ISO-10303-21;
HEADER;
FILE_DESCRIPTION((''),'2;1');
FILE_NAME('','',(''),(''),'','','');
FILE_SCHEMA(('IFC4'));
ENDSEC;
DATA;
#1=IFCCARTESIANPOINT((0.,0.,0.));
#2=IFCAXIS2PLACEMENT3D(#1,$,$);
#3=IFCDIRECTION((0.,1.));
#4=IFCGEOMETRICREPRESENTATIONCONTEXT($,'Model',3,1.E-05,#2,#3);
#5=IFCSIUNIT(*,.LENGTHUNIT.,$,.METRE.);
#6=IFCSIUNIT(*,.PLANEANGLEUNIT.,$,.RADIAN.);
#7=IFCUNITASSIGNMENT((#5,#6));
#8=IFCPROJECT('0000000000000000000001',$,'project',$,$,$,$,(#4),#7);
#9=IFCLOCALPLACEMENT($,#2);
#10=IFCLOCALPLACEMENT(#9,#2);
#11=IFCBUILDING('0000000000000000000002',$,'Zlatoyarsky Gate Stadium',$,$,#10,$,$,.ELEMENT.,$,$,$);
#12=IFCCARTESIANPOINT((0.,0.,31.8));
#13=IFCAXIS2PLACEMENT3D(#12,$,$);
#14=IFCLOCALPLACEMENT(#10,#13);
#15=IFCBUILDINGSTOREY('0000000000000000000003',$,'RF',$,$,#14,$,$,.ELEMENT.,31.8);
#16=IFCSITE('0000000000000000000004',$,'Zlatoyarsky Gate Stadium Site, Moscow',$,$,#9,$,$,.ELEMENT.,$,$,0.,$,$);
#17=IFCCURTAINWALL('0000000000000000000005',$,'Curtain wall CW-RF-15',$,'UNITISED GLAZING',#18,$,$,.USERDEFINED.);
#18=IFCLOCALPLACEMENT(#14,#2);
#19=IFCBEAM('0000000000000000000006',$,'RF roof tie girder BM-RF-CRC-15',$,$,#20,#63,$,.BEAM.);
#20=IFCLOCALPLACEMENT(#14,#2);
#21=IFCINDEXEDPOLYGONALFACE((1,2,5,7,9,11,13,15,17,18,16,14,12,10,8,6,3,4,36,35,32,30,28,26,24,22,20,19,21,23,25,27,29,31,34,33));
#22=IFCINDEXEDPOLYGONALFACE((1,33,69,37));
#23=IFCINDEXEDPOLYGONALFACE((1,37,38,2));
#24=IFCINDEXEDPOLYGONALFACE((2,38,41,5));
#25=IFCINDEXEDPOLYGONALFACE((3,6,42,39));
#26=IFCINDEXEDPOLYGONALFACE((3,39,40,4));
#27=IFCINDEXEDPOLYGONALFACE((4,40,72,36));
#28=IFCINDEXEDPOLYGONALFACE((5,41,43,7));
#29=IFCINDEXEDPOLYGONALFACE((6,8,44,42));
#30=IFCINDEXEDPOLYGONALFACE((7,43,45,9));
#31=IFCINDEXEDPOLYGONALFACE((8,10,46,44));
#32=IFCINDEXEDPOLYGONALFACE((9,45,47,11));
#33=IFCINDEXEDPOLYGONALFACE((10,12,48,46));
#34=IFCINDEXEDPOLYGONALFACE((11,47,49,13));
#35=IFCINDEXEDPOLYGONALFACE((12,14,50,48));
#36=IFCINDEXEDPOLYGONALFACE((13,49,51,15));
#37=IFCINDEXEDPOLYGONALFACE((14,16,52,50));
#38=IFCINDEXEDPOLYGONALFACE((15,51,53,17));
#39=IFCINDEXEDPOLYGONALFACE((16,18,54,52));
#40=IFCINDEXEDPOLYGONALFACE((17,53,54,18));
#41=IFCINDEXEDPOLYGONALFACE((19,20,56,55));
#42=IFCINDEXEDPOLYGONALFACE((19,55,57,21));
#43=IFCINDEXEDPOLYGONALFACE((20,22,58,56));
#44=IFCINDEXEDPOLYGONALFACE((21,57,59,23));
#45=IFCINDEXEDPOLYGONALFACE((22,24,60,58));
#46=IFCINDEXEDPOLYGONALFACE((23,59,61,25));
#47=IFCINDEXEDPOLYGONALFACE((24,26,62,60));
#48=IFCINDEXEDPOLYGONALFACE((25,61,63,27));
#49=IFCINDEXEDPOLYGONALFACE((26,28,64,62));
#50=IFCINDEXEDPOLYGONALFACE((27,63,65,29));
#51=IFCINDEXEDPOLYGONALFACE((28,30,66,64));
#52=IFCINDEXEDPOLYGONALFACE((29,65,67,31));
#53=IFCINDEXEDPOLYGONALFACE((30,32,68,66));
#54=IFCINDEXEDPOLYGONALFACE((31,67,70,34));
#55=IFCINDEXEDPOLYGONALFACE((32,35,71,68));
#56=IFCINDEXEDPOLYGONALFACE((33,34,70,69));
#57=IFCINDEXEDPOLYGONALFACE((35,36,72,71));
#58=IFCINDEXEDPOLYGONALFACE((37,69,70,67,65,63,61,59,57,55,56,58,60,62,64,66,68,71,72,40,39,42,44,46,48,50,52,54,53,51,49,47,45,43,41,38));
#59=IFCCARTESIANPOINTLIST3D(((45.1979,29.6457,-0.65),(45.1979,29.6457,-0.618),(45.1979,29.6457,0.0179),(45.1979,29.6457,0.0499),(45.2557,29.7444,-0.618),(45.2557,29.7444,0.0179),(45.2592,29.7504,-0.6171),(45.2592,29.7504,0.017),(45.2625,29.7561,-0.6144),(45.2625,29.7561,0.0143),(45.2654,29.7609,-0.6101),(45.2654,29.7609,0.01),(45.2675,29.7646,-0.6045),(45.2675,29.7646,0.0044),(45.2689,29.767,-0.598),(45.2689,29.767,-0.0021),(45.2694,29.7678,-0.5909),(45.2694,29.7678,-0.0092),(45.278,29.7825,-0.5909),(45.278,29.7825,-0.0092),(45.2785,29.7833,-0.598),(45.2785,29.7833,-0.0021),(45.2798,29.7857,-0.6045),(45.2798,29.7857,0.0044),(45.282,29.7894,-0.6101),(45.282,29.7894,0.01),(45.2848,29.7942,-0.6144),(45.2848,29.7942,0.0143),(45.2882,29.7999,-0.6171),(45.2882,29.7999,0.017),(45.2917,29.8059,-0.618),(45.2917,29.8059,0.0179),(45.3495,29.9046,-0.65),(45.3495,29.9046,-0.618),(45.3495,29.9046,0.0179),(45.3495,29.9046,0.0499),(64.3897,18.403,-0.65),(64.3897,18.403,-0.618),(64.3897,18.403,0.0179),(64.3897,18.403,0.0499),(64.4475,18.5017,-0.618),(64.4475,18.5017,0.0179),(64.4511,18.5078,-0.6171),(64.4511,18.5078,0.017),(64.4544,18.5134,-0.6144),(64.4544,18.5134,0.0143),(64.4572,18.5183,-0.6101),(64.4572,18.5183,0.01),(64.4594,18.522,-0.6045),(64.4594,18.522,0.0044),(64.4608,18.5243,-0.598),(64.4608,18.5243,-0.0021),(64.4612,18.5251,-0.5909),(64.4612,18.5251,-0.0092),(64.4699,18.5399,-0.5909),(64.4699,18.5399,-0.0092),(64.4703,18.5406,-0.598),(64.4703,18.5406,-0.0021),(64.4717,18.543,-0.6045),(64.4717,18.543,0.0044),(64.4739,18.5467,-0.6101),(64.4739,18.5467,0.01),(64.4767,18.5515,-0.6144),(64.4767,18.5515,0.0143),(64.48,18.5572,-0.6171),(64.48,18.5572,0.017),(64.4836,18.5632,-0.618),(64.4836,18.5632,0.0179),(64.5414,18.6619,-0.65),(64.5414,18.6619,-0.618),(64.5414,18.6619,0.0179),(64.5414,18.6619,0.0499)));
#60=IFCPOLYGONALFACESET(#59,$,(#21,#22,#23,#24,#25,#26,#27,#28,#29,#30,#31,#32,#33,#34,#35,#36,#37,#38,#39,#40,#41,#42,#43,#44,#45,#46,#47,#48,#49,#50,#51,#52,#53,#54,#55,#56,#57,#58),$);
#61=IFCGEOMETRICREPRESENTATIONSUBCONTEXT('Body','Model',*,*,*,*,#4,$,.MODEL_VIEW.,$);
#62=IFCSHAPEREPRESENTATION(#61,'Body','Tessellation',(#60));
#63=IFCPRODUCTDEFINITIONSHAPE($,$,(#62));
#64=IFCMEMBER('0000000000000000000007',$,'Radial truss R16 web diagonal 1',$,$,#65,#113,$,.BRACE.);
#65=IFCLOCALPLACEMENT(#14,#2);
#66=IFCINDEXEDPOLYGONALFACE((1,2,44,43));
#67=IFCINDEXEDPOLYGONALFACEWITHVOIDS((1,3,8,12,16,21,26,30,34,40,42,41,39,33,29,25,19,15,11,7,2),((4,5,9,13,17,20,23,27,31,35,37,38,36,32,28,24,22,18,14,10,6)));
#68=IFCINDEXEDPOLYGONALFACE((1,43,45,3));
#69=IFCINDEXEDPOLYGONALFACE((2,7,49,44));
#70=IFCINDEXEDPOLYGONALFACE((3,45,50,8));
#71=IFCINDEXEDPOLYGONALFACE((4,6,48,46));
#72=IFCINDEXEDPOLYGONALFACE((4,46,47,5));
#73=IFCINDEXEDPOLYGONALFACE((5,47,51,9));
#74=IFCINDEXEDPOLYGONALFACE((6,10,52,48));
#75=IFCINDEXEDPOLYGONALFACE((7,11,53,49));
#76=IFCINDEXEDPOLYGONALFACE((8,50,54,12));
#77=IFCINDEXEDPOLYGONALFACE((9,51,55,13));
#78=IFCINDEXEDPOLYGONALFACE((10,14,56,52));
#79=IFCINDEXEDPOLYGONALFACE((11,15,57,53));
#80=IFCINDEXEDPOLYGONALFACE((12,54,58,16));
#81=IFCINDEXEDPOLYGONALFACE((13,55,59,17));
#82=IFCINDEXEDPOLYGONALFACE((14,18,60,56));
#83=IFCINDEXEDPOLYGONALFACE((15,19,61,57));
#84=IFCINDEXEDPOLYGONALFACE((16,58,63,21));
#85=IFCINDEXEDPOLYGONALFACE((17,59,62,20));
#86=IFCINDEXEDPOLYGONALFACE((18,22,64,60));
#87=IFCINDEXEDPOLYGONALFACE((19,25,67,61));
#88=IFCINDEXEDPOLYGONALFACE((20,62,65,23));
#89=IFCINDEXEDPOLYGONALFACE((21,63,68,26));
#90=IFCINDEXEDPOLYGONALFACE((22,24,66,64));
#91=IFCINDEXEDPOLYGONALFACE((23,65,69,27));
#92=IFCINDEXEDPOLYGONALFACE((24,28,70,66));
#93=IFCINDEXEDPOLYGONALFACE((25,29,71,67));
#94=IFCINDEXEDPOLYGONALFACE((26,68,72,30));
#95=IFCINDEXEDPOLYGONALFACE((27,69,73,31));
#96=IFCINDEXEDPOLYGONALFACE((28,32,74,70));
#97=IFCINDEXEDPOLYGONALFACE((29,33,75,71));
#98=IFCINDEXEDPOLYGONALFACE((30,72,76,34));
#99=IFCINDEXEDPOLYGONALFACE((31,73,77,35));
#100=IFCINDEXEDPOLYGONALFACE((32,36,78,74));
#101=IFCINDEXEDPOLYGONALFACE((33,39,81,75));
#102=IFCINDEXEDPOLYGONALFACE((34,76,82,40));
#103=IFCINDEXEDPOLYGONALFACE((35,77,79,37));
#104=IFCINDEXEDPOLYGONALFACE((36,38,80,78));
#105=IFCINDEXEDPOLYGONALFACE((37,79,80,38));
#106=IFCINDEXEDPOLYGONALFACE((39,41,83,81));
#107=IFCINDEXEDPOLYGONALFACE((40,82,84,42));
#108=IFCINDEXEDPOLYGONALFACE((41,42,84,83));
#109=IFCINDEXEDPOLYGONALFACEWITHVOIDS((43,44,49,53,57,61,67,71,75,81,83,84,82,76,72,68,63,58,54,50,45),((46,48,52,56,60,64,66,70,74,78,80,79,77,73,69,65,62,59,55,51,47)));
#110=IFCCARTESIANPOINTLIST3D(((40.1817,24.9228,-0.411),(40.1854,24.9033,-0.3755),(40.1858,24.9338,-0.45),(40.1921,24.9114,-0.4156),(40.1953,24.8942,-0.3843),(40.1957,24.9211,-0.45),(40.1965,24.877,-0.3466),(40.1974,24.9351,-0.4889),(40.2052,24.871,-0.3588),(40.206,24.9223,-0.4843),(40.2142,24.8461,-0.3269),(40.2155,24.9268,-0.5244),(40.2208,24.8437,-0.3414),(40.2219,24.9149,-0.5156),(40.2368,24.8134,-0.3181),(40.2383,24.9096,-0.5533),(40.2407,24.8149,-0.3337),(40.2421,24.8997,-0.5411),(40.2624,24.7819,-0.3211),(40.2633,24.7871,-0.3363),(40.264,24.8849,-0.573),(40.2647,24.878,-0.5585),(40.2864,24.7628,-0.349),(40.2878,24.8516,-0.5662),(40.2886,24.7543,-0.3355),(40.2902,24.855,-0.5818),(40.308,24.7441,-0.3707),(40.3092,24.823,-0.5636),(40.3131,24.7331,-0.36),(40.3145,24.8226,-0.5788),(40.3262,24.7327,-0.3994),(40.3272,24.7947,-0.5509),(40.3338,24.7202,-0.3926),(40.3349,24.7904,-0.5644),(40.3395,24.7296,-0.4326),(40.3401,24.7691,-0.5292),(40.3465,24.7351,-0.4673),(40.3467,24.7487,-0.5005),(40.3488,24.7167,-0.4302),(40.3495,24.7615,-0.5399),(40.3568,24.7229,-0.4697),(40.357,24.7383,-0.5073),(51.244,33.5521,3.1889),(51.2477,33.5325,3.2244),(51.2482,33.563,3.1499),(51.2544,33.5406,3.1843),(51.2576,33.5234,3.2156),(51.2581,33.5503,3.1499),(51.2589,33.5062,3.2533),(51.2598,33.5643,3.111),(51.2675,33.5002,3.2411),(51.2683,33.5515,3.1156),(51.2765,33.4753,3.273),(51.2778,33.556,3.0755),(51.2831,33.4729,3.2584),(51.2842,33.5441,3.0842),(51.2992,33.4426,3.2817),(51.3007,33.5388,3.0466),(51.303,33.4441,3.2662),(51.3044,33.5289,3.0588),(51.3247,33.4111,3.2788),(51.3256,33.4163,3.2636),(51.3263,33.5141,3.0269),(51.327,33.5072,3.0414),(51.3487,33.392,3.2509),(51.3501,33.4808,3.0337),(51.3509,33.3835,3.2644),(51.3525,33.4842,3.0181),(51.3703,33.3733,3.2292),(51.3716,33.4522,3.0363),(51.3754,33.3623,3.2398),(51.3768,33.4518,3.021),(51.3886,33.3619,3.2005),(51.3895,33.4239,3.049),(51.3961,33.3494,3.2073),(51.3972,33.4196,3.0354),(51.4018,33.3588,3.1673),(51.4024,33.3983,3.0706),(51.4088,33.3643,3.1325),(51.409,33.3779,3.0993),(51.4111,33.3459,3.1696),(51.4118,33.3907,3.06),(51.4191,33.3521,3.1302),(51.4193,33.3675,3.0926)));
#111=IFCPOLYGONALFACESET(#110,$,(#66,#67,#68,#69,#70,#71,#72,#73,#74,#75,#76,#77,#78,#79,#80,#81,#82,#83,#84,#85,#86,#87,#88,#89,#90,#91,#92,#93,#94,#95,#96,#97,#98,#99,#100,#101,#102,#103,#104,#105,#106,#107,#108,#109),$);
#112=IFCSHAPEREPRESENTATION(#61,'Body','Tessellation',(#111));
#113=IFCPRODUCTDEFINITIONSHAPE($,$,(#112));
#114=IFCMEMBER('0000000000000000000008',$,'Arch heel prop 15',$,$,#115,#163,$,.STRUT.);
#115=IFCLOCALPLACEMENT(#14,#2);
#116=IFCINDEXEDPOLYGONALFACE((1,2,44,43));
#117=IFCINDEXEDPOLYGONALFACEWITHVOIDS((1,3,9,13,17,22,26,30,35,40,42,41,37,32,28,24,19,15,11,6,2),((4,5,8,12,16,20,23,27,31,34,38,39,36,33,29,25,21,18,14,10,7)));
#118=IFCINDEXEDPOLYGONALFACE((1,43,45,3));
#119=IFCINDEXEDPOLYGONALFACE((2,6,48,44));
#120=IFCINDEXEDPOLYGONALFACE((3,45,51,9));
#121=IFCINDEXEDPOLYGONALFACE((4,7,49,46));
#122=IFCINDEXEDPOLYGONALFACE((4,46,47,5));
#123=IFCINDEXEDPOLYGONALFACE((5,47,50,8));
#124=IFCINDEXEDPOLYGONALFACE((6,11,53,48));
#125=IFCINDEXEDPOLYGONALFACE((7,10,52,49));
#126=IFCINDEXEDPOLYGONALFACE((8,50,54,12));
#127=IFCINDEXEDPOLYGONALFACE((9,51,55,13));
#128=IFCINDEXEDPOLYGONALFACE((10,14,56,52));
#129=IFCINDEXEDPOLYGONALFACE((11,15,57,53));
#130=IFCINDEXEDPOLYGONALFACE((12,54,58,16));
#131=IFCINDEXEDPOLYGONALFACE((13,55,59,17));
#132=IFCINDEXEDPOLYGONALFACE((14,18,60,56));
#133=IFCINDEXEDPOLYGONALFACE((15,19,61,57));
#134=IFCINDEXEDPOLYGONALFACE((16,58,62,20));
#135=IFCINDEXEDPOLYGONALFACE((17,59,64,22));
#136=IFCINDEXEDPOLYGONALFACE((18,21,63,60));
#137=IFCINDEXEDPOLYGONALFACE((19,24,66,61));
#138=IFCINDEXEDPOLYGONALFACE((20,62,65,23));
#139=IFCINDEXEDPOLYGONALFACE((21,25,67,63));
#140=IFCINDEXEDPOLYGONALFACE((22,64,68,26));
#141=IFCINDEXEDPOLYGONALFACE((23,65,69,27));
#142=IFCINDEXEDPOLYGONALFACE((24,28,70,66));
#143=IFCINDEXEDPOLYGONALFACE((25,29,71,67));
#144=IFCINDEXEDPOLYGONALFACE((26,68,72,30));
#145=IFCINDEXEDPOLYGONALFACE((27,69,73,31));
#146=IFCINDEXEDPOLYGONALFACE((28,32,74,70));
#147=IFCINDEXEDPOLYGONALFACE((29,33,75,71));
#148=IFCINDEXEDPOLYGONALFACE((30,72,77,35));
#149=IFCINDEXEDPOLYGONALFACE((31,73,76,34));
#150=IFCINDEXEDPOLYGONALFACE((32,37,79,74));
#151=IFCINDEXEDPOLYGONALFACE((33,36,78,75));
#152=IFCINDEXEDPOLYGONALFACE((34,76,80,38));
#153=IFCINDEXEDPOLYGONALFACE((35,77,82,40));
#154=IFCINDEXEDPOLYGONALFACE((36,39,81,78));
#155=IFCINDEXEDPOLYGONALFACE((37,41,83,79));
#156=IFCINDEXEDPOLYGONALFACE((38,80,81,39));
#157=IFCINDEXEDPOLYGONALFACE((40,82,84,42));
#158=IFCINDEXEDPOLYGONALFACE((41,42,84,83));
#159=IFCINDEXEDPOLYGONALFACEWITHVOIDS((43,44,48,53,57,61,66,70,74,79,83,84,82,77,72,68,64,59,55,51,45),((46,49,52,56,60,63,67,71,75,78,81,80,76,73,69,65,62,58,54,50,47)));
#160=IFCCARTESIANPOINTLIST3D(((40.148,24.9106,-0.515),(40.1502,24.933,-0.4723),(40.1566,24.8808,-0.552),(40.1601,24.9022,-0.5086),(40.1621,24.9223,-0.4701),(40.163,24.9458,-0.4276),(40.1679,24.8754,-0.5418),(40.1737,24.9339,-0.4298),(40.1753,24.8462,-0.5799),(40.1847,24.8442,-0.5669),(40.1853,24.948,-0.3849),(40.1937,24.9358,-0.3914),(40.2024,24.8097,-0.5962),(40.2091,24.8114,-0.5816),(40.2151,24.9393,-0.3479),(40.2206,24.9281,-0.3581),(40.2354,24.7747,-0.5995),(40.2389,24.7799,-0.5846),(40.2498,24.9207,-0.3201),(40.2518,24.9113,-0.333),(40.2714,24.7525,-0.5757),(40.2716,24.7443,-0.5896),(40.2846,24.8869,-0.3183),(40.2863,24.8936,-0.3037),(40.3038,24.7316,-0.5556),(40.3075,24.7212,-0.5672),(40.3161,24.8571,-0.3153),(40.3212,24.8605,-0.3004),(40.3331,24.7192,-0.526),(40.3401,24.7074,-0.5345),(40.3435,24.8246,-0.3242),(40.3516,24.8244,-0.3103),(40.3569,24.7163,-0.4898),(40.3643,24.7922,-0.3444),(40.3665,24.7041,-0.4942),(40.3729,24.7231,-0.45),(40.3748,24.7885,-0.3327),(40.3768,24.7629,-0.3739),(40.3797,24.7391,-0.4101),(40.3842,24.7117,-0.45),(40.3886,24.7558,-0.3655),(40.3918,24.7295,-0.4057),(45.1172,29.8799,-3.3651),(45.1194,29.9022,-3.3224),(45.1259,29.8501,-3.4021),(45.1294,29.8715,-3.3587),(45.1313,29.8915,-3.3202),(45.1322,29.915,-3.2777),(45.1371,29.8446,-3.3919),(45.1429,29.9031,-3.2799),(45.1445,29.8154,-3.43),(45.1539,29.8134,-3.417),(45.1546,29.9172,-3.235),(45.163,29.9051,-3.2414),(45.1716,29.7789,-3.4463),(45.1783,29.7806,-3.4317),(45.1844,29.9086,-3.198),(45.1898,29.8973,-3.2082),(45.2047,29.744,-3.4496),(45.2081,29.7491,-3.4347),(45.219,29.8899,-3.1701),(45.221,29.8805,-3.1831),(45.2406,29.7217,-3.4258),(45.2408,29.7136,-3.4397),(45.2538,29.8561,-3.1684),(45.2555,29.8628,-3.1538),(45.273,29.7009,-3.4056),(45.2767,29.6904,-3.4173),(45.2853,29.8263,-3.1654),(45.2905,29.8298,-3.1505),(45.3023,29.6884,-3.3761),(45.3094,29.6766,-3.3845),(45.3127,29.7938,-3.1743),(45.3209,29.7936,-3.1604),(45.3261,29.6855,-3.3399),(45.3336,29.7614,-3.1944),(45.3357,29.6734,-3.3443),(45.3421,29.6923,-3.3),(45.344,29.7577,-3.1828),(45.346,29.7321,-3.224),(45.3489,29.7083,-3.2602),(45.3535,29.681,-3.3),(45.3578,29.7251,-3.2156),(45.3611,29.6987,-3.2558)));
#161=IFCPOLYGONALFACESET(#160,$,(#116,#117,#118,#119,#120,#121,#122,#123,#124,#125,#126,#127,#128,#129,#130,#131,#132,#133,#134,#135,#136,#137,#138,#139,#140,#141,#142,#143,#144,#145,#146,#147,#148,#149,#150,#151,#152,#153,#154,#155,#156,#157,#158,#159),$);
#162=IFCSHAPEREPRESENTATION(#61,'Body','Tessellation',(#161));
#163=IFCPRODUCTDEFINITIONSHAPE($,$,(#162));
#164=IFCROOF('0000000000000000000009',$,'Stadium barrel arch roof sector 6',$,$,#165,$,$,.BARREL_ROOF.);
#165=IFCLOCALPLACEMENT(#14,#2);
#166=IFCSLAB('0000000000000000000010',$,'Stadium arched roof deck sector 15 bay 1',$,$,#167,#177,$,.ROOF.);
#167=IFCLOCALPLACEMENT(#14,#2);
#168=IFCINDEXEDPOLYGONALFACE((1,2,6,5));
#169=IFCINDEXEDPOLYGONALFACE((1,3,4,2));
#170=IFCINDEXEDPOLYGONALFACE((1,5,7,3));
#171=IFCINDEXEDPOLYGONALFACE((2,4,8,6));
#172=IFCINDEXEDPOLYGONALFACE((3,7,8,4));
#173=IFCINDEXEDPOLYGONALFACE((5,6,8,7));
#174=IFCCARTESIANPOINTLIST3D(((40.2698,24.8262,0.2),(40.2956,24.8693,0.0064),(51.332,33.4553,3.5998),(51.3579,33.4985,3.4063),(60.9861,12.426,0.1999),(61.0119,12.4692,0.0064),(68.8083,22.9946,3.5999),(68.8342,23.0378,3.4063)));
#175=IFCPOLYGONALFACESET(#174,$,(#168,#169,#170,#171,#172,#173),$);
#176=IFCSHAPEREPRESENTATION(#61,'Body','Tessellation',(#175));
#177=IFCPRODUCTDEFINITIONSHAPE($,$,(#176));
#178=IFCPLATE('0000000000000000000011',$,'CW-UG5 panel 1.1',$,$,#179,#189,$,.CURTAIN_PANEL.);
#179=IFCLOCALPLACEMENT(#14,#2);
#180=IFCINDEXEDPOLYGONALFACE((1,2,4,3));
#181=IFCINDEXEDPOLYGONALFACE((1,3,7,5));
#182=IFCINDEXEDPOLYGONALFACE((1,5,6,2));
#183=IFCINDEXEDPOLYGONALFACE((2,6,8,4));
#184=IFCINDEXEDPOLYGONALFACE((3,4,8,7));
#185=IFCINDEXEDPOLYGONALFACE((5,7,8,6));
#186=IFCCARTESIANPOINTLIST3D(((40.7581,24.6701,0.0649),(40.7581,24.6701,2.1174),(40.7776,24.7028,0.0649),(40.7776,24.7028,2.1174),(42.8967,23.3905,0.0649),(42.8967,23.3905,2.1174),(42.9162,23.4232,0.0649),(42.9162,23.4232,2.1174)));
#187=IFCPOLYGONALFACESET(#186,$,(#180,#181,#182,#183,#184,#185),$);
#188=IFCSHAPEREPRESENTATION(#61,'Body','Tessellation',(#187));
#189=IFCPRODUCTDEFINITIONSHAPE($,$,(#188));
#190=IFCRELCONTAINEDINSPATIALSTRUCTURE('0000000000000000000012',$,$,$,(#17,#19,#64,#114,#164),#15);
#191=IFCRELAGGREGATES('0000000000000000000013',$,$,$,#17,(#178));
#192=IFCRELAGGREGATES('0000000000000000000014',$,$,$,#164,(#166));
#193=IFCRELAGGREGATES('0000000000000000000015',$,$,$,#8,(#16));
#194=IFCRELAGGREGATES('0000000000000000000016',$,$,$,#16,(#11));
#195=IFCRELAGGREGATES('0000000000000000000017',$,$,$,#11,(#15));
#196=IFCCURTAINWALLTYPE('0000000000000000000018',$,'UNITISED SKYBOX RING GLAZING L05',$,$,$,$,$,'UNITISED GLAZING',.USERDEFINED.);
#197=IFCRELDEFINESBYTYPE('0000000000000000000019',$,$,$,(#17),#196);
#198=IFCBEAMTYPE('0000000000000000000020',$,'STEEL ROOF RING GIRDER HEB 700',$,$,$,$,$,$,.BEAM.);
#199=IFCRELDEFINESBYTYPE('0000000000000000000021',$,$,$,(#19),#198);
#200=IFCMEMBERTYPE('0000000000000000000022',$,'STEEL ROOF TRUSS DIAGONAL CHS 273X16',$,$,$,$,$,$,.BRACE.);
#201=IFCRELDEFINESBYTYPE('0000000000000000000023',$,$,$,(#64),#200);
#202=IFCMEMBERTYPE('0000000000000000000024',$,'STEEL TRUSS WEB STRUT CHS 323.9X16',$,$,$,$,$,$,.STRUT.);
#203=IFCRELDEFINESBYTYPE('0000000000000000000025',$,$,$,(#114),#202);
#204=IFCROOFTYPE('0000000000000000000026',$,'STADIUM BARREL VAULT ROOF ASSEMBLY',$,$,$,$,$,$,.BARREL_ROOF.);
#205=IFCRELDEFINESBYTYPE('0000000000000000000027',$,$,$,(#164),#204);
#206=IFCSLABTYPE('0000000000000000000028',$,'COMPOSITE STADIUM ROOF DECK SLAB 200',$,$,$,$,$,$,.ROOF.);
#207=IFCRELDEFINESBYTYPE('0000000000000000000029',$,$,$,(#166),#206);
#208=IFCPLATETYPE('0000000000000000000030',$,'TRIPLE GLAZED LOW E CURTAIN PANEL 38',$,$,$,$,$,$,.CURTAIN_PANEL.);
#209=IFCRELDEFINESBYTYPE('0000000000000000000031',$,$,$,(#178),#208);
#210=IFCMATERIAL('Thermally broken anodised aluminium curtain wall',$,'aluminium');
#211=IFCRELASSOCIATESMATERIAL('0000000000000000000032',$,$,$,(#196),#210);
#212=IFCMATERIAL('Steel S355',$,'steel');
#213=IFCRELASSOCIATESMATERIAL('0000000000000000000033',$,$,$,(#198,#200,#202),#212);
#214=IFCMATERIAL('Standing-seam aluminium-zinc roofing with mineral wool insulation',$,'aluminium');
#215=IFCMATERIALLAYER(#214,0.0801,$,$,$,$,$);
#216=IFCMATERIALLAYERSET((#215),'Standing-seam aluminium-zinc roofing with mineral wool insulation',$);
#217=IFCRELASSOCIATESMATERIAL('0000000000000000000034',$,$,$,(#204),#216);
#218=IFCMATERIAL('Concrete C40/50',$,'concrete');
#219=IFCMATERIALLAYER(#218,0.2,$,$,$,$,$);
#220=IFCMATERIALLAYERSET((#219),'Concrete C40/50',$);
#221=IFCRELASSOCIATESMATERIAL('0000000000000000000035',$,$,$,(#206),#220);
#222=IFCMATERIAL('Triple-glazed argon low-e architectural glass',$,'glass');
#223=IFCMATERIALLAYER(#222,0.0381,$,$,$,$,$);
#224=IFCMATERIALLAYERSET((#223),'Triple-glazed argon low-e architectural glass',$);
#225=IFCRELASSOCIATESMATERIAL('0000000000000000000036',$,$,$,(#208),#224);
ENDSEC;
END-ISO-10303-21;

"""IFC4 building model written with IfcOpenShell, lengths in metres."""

from ifc_helpers import new_model, si_unit, direction, frame, origin, origin_2d, place, context, subcontext, project, spatial, polyline, rectangle, hollow_circle, i_section, outline, extrude, material, layer, layer_set, material_profile, profile_set, type_object, element, aggregate, save


model = new_model("IFC4")

# Units and contexts
model_context = context("Model", 3, precision=1e-05, world=origin(), true_north=direction((0.0, 1.0)))
body_context = subcontext(model_context, "Body", "Model", "MODEL_VIEW")
ifc_project = project(units=[si_unit("LENGTHUNIT", "METRE"), si_unit("PLANEANGLEUNIT", "RADIAN")], contexts=[model_context])

# Site, building, storey
site_placement = place(None, origin())
site = spatial("IfcSite", under=ifc_project, at=site_placement, Name="Zlatoyarsky Gate Stadium Site, Moscow", CompositionType="ELEMENT", RefElevation=0.0)
building_placement = place(site_placement, origin())
building = spatial("IfcBuilding", under=site, at=building_placement, Name="Zlatoyarsky Gate Stadium", CompositionType="ELEMENT")
storey_placement = place(building_placement, frame((0.0, 0.0, 31.8)))
storey = spatial("IfcBuildingStorey", under=building, at=storey_placement, Name="RF", CompositionType="ELEMENT", Elevation=31.8)

# Curtain wall
ifc_material_1 = material(Name="Thermally broken anodised aluminium curtain wall", Category="aluminium")
curtain_wall_type = type_object("IfcCurtainWallType", Name="UNITISED SKYBOX RING GLAZING L05", ElementType="UNITISED GLAZING", PredefinedType="USERDEFINED", material=ifc_material_1)
curtain_wall_placement = place(storey_placement, origin())
curtain_wall = element("IfcCurtainWall", 1, at=curtain_wall_placement, inside=storey, type_object=curtain_wall_type, Name="Curtain wall CW-RF-15", ObjectType="UNITISED GLAZING", PredefinedType="USERDEFINED")

# Shared definitions
ifc_material_2 = material(Name="Steel S355", Category="steel")

# Beam
ifc_material_profile_1 = material_profile(ifc_material_2, i_section(OverallWidth=0.3, OverallDepth=0.7, WebThickness=0.0171, FlangeThickness=0.032, FilletRadius=0.0271, at=origin_2d()), Name="HEB 700")
ifc_profile_set_1 = profile_set([ifc_material_profile_1], Name="Steel S355")
beam_type = type_object("IfcBeamType", Name="STEEL ROOF RING GIRDER HEB 700", PredefinedType="BEAM", material=ifc_profile_set_1)
beam_1_placement = place(storey_placement, frame((45.2737, 29.7751, -0.3), z_axis=(0.86285, -0.50546, 0.0), x_axis=(0.50546, 0.86285, 0.0)))
element("IfcBeam", 2, at=beam_1_placement, inside=storey, type_object=beam_type, Name="RF roof tie girder BM-RF-CRC-15", PredefinedType="BEAM", context=body_context, shape_type="SweptSolid", body=[
    extrude(i_section(OverallWidth=0.3, OverallDepth=0.7, WebThickness=0.0171, FlangeThickness=0.032, FilletRadius=0.0271, at=origin_2d()), origin(), (0.0, 0.0, 1.0), 22.2424),
])

# Members
ifc_material_profile_2 = material_profile(ifc_material_2, hollow_circle(Radius=0.1365, WallThickness=0.0161, at=origin_2d()), Name="CHS 273X16")
ifc_profile_set_2 = profile_set([ifc_material_profile_2], Name="Steel S355")
member_type_1 = type_object("IfcMemberType", Name="STEEL ROOF TRUSS DIAGONAL CHS 273X16", PredefinedType="BRACE", material=ifc_profile_set_2)
member_1_placement = place(storey_placement, frame((40.2698, 24.8262, -0.45), z_axis=(0.763742, 0.595759, 0.248535), x_axis=(-0.615058, 0.788482, 0.0)))
element("IfcMember", 3, at=member_1_placement, inside=storey, type_object=member_type_1, Name="Radial truss R16 web diagonal 1", PredefinedType="BRACE", context=body_context, shape_type="SweptSolid", body=[
    extrude(hollow_circle(Radius=0.1365, WallThickness=0.0161, at=origin_2d()), origin(), (0.0, 0.0, 1.0), 14.4844),
])
ifc_material_profile_3 = material_profile(ifc_material_2, hollow_circle(Radius=0.1619, WallThickness=0.0161, at=origin_2d()), Name="CHS 323.9X16")
ifc_profile_set_3 = profile_set([ifc_material_profile_3], Name="Steel S355")
member_type_2 = type_object("IfcMemberType", Name="STEEL TRUSS WEB STRUT CHS 323.9X16", PredefinedType="STRUT", material=ifc_profile_set_3)
member_2_placement = place(storey_placement, frame((45.239, 29.7954, -3.3), z_axis=(-0.655268, -0.655268, 0.375828), x_axis=(0.707107, -0.707107, 0.0)))
element("IfcMember", 4, at=member_2_placement, inside=storey, type_object=member_type_2, Name="Arch heel prop 15", PredefinedType="STRUT", context=body_context, shape_type="SweptSolid", body=[
    extrude(hollow_circle(Radius=0.1619, WallThickness=0.0161, at=origin_2d()), origin(), (0.0, 0.0, 1.0), 7.5835),
])

# Roof, slab
ifc_material_3 = material(Name="Standing-seam aluminium-zinc roofing with mineral wool insulation", Category="aluminium")
ifc_layer_1 = layer(ifc_material_3, 0.0801)
ifc_layer_set_1 = layer_set([ifc_layer_1], Name="Standing-seam aluminium-zinc roofing with mineral wool insulation")
roof_type = type_object("IfcRoofType", Name="STADIUM BARREL VAULT ROOF ASSEMBLY", PredefinedType="BARREL_ROOF", material=ifc_layer_set_1)
roof_placement = place(storey_placement, origin())
roof = element("IfcRoof", 5, at=roof_placement, inside=storey, type_object=roof_type, Name="Stadium barrel arch roof sector 6", PredefinedType="BARREL_ROOF")
ifc_material_4 = material(Name="Concrete C40/50", Category="concrete")
ifc_layer_2 = layer(ifc_material_4, 0.2)
ifc_layer_set_2 = layer_set([ifc_layer_2], Name="Concrete C40/50")
slab_type = type_object("IfcSlabType", Name="COMPOSITE STADIUM ROOF DECK SLAB 200", PredefinedType="ROOF", material=ifc_layer_set_2)
slab_placement = place(storey_placement, frame((40.2698, 24.8262, 0.2), z_axis=(-0.129153, -0.21577, 0.967865), x_axis=(0.858034, -0.513593, 0.0)))
slab = element("IfcSlab", 6, at=slab_placement, type_object=slab_type, Name="Stadium arched roof deck sector 15 bay 1", PredefinedType="ROOF", context=body_context, shape_type="SweptSolid", body=[
    extrude(outline(polyline([(0.0, 0.0), (24.1439, 0.0), (25.4277, 13.5201), (5.0599, 13.5201), (0.0, 0.0)])), origin(), (0.0, 0.0, -1.0), 0.2),
])

# Plate
ifc_material_5 = material(Name="Triple-glazed argon low-e architectural glass", Category="glass")
ifc_layer_3 = layer(ifc_material_5, 0.0381)
ifc_layer_set_3 = layer_set([ifc_layer_3], Name="Triple-glazed argon low-e architectural glass")
plate_type = type_object("IfcPlateType", Name="TRIPLE GLAZED LOW E CURTAIN PANEL 38", PredefinedType="CURTAIN_PANEL", material=ifc_layer_set_3)
plate_1_placement = place(storey_placement, frame((41.8372, 24.0466, 0.0649), z_axis=(0.0, 0.0, 1.0), x_axis=(0.858128, -0.513436, 0.0)))
plate_1 = element("IfcPlate", 7, at=plate_1_placement, type_object=plate_type, Name="CW-UG5 panel 1.1", PredefinedType="CURTAIN_PANEL", context=body_context, shape_type="SweptSolid", body=[
    extrude(rectangle(XDim=2.4922, YDim=0.0381, at=origin_2d()), origin(), (0.0, 0.0, 1.0), 2.0525),
])
aggregate(curtain_wall, [plate_1])

aggregate(roof, [slab])

save(model, "model.ifc")
